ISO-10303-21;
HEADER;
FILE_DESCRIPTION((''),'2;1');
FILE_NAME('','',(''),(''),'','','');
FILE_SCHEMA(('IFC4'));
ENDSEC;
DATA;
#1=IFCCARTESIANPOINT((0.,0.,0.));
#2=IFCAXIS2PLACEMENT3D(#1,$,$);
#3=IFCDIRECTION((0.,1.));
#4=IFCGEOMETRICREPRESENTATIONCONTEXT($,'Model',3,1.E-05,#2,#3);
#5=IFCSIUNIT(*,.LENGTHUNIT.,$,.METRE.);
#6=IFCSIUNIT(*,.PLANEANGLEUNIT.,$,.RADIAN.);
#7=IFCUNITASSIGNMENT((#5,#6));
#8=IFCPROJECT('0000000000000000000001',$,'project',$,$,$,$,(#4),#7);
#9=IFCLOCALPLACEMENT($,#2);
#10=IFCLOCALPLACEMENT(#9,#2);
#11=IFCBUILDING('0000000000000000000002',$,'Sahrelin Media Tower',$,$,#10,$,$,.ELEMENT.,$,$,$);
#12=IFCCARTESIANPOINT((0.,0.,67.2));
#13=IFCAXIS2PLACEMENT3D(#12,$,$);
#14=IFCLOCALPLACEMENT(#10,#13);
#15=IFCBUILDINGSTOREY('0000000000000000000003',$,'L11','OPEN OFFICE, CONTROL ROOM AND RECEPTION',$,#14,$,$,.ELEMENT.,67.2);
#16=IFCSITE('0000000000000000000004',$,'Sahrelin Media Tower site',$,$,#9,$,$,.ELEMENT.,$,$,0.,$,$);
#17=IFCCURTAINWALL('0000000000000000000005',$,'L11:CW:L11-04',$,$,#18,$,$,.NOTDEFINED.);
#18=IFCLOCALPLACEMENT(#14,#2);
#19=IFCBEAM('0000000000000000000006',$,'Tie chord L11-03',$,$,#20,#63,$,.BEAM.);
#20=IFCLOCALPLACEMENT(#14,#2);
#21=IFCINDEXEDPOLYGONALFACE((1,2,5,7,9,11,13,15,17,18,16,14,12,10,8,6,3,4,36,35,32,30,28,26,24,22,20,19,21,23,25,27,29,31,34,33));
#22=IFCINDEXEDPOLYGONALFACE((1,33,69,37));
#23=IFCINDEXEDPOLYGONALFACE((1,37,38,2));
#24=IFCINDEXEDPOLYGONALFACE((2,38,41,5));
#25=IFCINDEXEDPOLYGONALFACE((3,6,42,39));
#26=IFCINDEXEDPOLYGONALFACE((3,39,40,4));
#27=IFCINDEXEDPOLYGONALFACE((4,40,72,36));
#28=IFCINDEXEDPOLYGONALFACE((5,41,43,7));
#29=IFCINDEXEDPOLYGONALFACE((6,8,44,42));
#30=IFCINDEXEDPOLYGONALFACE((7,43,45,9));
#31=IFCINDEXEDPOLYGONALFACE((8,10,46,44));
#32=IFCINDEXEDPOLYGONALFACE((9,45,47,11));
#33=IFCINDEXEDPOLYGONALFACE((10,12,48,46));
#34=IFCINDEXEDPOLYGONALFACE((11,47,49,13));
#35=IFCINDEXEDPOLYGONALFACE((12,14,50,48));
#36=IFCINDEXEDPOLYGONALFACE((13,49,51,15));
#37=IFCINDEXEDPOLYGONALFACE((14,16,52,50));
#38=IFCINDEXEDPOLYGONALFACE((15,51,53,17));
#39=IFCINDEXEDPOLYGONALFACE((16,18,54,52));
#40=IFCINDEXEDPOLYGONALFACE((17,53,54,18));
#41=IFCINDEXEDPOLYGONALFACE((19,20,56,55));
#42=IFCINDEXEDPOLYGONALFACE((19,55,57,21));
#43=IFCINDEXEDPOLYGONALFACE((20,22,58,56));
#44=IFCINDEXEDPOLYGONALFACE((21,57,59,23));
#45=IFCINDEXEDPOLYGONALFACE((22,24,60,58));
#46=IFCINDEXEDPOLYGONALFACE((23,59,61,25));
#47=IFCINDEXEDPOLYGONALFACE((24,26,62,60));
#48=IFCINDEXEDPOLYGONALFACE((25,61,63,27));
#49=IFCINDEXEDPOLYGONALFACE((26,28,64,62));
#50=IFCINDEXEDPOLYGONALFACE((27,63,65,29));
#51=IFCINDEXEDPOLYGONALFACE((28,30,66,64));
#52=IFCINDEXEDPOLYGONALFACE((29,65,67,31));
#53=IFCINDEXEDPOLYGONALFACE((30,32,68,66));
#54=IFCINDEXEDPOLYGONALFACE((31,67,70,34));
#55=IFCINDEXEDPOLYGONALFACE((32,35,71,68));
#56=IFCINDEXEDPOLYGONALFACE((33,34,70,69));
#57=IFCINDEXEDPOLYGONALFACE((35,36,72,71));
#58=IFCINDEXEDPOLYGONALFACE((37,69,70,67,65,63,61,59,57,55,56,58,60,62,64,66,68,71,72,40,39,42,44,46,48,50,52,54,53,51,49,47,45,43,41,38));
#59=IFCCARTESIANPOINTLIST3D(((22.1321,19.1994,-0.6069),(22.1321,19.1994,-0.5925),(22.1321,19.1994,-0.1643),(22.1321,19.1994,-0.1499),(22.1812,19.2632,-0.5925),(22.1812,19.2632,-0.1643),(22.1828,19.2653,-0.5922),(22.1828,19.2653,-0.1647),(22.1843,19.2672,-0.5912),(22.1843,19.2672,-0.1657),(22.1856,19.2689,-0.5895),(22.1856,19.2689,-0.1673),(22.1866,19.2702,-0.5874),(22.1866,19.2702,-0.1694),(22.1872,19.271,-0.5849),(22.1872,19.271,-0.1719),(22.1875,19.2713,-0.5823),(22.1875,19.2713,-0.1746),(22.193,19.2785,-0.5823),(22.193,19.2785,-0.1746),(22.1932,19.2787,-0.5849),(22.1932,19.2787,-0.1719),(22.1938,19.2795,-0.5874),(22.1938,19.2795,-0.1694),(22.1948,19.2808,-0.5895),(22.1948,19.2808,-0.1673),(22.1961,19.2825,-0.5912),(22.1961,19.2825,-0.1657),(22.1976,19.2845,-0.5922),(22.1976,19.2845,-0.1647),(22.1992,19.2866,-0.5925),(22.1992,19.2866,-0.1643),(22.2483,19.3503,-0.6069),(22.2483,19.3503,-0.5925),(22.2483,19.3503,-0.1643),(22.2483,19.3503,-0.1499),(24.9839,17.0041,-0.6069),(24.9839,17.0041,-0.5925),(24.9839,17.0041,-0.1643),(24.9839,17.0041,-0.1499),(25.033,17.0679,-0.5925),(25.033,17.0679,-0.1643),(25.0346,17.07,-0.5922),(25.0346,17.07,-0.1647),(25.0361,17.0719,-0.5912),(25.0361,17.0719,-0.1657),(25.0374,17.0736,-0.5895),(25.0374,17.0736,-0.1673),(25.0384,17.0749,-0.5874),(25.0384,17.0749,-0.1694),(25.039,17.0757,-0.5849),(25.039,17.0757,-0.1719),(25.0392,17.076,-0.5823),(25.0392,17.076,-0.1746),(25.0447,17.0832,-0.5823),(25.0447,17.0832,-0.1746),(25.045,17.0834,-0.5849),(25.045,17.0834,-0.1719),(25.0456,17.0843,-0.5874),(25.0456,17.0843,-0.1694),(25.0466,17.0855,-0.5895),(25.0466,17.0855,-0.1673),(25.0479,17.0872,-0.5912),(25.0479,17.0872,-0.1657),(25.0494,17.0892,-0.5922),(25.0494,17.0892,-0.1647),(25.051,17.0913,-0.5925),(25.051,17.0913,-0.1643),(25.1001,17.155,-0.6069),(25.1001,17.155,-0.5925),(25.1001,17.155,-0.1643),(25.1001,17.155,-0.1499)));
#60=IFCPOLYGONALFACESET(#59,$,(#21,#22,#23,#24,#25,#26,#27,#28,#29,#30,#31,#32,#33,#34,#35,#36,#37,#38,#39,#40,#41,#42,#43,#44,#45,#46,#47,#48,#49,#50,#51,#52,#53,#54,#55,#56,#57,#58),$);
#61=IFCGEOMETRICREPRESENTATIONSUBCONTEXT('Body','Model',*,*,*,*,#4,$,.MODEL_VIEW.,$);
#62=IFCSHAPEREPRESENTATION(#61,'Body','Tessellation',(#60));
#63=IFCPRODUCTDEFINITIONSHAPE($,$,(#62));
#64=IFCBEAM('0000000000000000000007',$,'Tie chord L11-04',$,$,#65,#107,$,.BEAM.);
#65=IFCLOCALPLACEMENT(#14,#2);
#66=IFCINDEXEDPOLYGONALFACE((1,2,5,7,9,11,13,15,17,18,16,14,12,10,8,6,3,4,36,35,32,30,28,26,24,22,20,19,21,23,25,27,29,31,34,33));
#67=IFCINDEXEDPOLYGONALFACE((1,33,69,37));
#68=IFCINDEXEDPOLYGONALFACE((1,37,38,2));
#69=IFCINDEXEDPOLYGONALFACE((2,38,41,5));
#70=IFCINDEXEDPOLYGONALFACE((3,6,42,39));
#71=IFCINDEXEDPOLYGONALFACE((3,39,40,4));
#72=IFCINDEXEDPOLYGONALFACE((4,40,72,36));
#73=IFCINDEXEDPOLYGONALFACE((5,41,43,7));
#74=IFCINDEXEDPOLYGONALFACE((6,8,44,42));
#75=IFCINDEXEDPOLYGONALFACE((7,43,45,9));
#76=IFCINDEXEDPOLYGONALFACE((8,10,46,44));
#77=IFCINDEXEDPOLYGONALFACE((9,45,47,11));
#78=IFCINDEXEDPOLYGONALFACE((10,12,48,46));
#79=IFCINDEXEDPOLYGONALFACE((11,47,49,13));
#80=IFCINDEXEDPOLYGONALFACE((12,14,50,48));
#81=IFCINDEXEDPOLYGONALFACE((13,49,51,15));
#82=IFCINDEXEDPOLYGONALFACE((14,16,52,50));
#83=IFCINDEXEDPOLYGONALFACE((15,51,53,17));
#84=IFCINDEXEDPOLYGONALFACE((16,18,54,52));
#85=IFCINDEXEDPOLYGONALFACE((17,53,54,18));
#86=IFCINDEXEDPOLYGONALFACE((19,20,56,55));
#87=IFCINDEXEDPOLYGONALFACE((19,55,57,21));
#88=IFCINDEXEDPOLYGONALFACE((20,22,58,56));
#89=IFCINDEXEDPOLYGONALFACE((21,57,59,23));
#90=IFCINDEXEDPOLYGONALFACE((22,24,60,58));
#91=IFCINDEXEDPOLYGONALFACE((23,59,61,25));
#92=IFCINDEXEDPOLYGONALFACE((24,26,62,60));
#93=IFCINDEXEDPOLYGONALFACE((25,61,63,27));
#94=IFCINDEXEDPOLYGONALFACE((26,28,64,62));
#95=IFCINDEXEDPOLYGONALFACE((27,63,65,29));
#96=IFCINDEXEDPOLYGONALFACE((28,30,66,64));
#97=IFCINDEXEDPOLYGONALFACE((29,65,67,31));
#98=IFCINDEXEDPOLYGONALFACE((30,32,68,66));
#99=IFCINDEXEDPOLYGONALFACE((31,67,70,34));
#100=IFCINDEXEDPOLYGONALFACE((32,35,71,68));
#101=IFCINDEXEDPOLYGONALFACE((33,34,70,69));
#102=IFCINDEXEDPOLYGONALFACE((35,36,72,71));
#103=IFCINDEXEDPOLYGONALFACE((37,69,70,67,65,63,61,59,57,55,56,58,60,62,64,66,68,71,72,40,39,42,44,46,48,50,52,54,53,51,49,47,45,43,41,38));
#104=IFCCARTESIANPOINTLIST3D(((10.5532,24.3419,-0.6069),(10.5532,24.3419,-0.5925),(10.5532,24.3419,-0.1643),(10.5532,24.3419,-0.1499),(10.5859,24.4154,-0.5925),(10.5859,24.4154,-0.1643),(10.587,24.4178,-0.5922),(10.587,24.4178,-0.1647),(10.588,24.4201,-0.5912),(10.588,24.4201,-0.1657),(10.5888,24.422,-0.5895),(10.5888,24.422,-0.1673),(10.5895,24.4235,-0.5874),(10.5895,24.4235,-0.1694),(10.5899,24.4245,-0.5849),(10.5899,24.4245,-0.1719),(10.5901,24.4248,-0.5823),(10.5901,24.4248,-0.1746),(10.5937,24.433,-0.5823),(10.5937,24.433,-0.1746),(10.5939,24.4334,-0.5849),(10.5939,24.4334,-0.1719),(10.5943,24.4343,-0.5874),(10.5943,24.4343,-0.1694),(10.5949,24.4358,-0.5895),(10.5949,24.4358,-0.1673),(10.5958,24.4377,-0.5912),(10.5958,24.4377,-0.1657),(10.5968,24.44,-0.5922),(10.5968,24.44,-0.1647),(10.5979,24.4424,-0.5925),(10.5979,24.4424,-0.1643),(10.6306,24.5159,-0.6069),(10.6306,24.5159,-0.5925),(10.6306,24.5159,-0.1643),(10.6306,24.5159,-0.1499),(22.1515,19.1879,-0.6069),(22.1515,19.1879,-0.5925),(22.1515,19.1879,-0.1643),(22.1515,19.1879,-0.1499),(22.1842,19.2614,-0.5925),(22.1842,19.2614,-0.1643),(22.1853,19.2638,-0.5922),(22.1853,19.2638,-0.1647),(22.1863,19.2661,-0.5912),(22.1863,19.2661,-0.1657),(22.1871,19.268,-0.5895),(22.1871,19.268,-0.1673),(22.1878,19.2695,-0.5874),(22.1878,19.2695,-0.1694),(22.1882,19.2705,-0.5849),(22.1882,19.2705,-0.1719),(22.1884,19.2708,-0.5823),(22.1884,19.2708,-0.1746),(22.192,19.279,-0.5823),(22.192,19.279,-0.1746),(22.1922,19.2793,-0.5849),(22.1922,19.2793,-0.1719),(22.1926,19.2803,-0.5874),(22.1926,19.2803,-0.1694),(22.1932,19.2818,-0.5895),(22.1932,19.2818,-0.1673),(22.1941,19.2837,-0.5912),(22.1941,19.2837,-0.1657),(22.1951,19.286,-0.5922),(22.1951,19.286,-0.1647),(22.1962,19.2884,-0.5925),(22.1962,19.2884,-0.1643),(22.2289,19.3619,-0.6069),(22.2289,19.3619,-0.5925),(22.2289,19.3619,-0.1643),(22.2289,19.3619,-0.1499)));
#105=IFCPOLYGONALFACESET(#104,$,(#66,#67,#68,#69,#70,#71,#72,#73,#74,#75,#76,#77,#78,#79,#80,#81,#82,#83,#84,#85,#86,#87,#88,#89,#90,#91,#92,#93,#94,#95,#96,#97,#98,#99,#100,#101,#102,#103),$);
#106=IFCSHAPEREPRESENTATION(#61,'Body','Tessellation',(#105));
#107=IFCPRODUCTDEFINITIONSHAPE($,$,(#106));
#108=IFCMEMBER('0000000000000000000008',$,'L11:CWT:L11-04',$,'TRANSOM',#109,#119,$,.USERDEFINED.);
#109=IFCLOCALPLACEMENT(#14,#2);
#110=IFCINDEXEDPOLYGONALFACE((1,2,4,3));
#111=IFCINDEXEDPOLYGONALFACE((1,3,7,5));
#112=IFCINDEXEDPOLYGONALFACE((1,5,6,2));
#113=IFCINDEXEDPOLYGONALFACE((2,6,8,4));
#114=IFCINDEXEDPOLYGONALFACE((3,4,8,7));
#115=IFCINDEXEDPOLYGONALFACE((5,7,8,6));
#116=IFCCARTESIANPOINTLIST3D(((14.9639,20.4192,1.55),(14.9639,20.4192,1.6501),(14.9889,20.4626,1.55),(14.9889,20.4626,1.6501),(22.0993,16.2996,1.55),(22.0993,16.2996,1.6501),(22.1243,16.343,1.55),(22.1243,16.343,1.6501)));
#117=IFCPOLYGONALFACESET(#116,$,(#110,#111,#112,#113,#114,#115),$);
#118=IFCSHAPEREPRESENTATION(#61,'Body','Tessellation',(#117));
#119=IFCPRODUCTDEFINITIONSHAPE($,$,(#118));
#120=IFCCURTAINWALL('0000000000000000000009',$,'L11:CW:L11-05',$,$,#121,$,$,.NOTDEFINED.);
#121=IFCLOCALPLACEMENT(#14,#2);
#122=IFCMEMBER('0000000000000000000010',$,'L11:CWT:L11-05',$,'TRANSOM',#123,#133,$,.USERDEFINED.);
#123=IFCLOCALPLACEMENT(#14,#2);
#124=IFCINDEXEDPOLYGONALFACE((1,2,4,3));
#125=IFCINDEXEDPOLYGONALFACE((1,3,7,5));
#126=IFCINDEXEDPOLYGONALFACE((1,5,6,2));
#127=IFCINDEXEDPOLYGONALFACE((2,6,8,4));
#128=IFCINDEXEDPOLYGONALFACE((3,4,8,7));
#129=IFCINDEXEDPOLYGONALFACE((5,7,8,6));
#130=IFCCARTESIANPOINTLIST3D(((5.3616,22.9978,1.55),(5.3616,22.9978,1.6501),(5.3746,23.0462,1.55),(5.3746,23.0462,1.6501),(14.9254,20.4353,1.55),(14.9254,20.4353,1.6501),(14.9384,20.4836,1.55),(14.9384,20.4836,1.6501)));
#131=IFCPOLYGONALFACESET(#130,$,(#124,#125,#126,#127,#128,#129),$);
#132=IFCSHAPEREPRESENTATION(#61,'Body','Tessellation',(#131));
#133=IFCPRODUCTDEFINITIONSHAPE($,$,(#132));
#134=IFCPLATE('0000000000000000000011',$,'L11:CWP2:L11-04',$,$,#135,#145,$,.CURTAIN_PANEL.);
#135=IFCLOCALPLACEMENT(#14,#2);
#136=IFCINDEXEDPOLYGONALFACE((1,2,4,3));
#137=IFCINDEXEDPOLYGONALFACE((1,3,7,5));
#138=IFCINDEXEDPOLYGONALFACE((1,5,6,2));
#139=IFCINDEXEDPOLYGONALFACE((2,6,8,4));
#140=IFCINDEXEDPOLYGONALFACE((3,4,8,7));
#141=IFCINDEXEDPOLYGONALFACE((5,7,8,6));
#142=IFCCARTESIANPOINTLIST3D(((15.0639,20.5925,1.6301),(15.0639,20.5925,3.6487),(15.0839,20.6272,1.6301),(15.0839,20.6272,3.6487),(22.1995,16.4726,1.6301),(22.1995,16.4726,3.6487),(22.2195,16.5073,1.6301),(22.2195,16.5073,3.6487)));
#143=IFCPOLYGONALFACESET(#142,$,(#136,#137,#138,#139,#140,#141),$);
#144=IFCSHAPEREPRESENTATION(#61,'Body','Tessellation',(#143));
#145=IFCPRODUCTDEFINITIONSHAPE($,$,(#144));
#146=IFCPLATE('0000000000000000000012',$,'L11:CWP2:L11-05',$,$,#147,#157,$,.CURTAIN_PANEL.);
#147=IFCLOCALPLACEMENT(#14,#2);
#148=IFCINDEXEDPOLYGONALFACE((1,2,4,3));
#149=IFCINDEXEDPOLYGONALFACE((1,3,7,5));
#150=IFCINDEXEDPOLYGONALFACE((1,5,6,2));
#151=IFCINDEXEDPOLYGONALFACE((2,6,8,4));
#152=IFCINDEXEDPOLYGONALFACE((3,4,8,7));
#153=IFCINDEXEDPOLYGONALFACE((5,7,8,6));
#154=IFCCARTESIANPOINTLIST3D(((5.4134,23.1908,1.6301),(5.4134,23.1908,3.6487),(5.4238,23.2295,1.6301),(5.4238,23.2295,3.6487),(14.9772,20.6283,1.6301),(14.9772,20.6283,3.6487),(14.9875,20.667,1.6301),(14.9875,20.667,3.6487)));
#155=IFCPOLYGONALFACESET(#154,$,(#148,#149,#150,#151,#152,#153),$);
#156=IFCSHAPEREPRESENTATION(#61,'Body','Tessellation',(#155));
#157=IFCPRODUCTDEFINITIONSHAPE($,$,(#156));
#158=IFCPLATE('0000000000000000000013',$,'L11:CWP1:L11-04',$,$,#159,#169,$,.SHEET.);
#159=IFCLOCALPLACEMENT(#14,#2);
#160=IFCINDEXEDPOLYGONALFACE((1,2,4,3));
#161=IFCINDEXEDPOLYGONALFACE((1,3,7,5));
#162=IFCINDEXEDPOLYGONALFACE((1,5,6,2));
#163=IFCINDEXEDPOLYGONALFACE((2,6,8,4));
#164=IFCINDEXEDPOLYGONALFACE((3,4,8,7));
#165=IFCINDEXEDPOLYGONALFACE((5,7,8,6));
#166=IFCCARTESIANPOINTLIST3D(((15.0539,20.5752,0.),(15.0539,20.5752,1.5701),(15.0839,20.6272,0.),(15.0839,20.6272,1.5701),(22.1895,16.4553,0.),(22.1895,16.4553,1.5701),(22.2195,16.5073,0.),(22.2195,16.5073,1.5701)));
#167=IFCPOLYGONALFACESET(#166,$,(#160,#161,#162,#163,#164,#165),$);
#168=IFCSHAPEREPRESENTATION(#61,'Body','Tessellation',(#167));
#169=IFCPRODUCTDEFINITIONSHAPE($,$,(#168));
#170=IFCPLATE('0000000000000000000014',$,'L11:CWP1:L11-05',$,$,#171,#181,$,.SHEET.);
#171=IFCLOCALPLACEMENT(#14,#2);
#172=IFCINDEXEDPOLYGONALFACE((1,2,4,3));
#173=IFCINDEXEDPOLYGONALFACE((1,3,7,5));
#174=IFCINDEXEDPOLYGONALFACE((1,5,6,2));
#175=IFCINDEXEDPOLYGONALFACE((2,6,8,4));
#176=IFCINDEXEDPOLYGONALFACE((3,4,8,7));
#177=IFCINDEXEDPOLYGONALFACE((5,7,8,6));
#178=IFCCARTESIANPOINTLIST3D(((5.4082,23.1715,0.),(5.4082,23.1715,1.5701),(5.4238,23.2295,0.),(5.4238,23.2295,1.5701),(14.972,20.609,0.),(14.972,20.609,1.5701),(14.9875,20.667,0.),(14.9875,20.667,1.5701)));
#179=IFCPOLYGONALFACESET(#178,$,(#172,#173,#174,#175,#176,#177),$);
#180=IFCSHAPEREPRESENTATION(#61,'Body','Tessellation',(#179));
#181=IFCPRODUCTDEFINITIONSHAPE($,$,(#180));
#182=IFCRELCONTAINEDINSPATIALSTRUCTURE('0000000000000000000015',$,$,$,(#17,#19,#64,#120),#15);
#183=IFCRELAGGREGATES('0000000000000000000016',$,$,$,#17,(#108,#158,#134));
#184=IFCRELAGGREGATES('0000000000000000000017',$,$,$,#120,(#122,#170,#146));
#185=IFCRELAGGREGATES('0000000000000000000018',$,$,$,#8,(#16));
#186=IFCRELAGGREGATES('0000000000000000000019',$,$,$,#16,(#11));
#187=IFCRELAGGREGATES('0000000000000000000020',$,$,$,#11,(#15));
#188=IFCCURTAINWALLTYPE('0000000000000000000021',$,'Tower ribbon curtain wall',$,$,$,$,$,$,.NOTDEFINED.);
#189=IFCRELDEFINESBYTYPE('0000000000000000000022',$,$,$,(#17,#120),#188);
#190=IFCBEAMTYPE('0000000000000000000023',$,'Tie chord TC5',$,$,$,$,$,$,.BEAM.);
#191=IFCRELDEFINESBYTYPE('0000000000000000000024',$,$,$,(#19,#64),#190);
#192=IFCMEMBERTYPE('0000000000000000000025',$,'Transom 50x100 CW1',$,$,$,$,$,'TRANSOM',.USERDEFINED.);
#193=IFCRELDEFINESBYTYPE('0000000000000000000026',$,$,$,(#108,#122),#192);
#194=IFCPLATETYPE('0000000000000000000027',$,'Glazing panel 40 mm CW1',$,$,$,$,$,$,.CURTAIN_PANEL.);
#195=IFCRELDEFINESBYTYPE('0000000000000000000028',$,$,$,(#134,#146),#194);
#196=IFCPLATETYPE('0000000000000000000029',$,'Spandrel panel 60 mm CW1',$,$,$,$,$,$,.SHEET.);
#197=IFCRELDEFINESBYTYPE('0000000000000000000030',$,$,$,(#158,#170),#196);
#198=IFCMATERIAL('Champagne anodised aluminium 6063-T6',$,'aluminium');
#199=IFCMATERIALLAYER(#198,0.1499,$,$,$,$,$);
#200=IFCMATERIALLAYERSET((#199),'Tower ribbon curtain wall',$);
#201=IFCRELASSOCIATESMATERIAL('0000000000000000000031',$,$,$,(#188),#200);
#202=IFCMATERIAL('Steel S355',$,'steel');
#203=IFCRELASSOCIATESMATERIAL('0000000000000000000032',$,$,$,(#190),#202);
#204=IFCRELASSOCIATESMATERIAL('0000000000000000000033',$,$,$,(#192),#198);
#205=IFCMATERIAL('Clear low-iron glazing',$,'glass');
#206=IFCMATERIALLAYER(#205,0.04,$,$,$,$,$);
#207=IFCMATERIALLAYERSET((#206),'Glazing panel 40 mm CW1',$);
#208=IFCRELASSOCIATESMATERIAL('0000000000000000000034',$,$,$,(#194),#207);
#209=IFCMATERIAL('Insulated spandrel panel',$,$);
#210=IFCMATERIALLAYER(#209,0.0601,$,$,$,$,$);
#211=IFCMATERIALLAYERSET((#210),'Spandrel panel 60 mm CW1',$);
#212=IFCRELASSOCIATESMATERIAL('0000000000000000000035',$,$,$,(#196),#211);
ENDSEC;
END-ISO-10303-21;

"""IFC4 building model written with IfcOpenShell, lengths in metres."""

from ifc_helpers import new_model, si_unit, direction, frame, origin, origin_2d, place, context, subcontext, project, spatial, polyline, rectangle, i_section, outline, extrude, material, layer, layer_set, material_profile, profile_set, type_object, element, aggregate, save


model = new_model("IFC4")

# Units and contexts
model_context = context("Model", 3, precision=1e-05, world=origin(), true_north=direction((0.0, 1.0)))
body_context = subcontext(model_context, "Body", "Model", "MODEL_VIEW")
ifc_project = project(units=[si_unit("LENGTHUNIT", "METRE"), si_unit("PLANEANGLEUNIT", "RADIAN")], contexts=[model_context])

# Site, building, storey
site_placement = place(None, origin())
site = spatial("IfcSite", under=ifc_project, at=site_placement, Name="Sahrelin Media Tower site", CompositionType="ELEMENT", RefElevation=0.0)
building_placement = place(site_placement, origin())
building = spatial("IfcBuilding", under=site, at=building_placement, Name="Sahrelin Media Tower", CompositionType="ELEMENT")
storey_placement = place(building_placement, frame((0.0, 0.0, 67.2)))
storey = spatial("IfcBuildingStorey", under=building, at=storey_placement, Name="L11", Description="OPEN OFFICE, CONTROL ROOM AND RECEPTION", CompositionType="ELEMENT", Elevation=67.2)

# Shared definitions
ifc_material_1 = material(Name="Steel S355", Category="steel")

# Curtain wall
ifc_material_2 = material(Name="Champagne anodised aluminium 6063-T6", Category="aluminium")
ifc_layer_1 = layer(ifc_material_2, 0.1499)
ifc_layer_set_1 = layer_set([ifc_layer_1], Name="Tower ribbon curtain wall")
curtain_wall_type = type_object("IfcCurtainWallType", Name="Tower ribbon curtain wall", PredefinedType="NOTDEFINED", material=ifc_layer_set_1)
curtain_wall_1_placement = place(storey_placement, frame((18.6416, 18.5498, 0.0), z_axis=(0.0, 0.0, 1.0), x_axis=(1.0, 0.0, 0.0)))
curtain_wall_1 = element("IfcCurtainWall", 1, at=curtain_wall_1_placement, inside=storey, type_object=curtain_wall_type, Name="L11:CW:L11-04", PredefinedType="NOTDEFINED")

# Beams
ifc_material_profile_1 = material_profile(ifc_material_1, i_section(OverallWidth=0.1904, OverallDepth=0.457, WebThickness=0.009, FlangeThickness=0.0144, FilletRadius=0.0103, at=origin_2d()), Name="UB 457x191x74")
ifc_profile_set_1 = profile_set([ifc_material_profile_1], Name="Steel S355")
beam_type_1 = type_object("IfcBeamType", Name="Tie chord TC5", PredefinedType="BEAM", material=ifc_profile_set_1)
beam_1_placement = place(storey_placement, frame((25.042, 17.0796, -0.3784), z_axis=(-0.792407, 0.609993, 0.0), x_axis=(-0.609993, -0.792407, 0.0)))
element("IfcBeam", 2, at=beam_1_placement, inside=storey, type_object=beam_type_1, Name="Tie chord L11-03", PredefinedType="BEAM", context=body_context, shape_type="SweptSolid", body=[
    extrude(i_section(OverallWidth=0.1904, OverallDepth=0.457, WebThickness=0.009, FlangeThickness=0.0144, FilletRadius=0.0103, at=origin_2d()), origin(), (0.0, 0.0, 1.0), 3.5989),
])
beam_2_placement = place(storey_placement, frame((22.1902, 19.2749, -0.3784), z_axis=(-0.913835, 0.406087, 0.0), x_axis=(-0.406087, -0.913835, 0.0)))
element("IfcBeam", 3, at=beam_2_placement, inside=storey, type_object=beam_type_1, Name="Tie chord L11-04", PredefinedType="BEAM", context=body_context, shape_type="SweptSolid", body=[
    extrude(i_section(OverallWidth=0.1904, OverallDepth=0.457, WebThickness=0.009, FlangeThickness=0.0144, FilletRadius=0.0103, at=origin_2d()), origin(), (0.0, 0.0, 1.0), 12.6919),
])

# Member
ifc_material_profile_2 = material_profile(ifc_material_2, rectangle(XDim=0.05, YDim=0.1001, at=origin_2d()), Name="Transom 50x100")
ifc_profile_set_2 = profile_set([ifc_material_profile_2], Name="Champagne anodised aluminium 6063-T6")
member_type_1 = type_object("IfcMemberType", Name="Transom 50x100 CW1", ElementType="TRANSOM", PredefinedType="USERDEFINED", material=ifc_profile_set_2)
member_1_placement = place(storey_placement, frame((22.1118, 16.3213, 1.6001), z_axis=(-0.866028, 0.499995, 0.0), x_axis=(-0.499995, -0.866028, 0.0)))
member_1 = element("IfcMember", 4, at=member_1_placement, type_object=member_type_1, Name="L11:CWT:L11-04", ObjectType="TRANSOM", PredefinedType="USERDEFINED", context=body_context, shape_type="SweptSolid", body=[
    extrude(rectangle(XDim=0.05, YDim=0.1001, at=origin_2d()), origin(), (0.0, 0.0, 1.0), 8.2393),
])

# Curtain wall, member
curtain_wall_2_placement = place(storey_placement, frame((10.2004, 21.929, 0.0), z_axis=(0.0, 0.0, 1.0), x_axis=(1.0, 0.0, 0.0)))
curtain_wall_2 = element("IfcCurtainWall", 5, at=curtain_wall_2_placement, inside=storey, type_object=curtain_wall_type, Name="L11:CW:L11-05", PredefinedType="NOTDEFINED")
member_2_placement = place(storey_placement, frame((14.9319, 20.4595, 1.6001), z_axis=(-0.965928, 0.25881, 0.0), x_axis=(-0.25881, -0.965928, 0.0)))
member_2 = element("IfcMember", 6, at=member_2_placement, type_object=member_type_1, Name="L11:CWT:L11-05", ObjectType="TRANSOM", PredefinedType="USERDEFINED", context=body_context, shape_type="SweptSolid", body=[
    extrude(rectangle(XDim=0.05, YDim=0.1001, at=origin_2d()), origin(), (0.0, 0.0, 1.0), 9.9011),
])

# Plates
ifc_material_3 = material(Name="Clear low-iron glazing", Category="glass")
ifc_layer_2 = layer(ifc_material_3, 0.04)
ifc_layer_set_2 = layer_set([ifc_layer_2], Name="Glazing panel 40 mm CW1")
plate_type_1 = type_object("IfcPlateType", Name="Glazing panel 40 mm CW1", PredefinedType="CURTAIN_PANEL", material=ifc_layer_set_2)
plate_1_placement = place(storey_placement, frame((22.2195, 16.5073, 1.6301), z_axis=(0.500017, 0.866015, 0.0), x_axis=(-0.866015, 0.500017, 0.0)))
plate_1 = element("IfcPlate", 7, at=plate_1_placement, type_object=plate_type_1, Name="L11:CWP2:L11-04", PredefinedType="CURTAIN_PANEL", context=body_context, shape_type="SweptSolid", body=[
    extrude(outline(polyline([(0.0, 0.0), (8.2395, 0.0), (8.2395, 2.0186), (0.0, 2.0186), (0.0, 0.0)])), origin(), (0.0, 0.0, -1.0), 0.04),
])
plate_2_placement = place(storey_placement, frame((14.9875, 20.667, 1.6301), z_axis=(0.25881, 0.965928, 0.0), x_axis=(-0.965928, 0.25881, 0.0)))
plate_2 = element("IfcPlate", 8, at=plate_2_placement, type_object=plate_type_1, Name="L11:CWP2:L11-05", PredefinedType="CURTAIN_PANEL", context=body_context, shape_type="SweptSolid", body=[
    extrude(outline(polyline([(0.0, 0.0), (9.9011, 0.0), (9.9011, 2.0186), (0.0, 2.0186), (0.0, 0.0)])), origin(), (0.0, 0.0, -1.0), 0.04),
])
ifc_material_4 = material(Name="Insulated spandrel panel")
ifc_layer_3 = layer(ifc_material_4, 0.0601)
ifc_layer_set_3 = layer_set([ifc_layer_3], Name="Spandrel panel 60 mm CW1")
plate_type_2 = type_object("IfcPlateType", Name="Spandrel panel 60 mm CW1", PredefinedType="SHEET", material=ifc_layer_set_3)
plate_3_placement = place(storey_placement, frame((22.2195, 16.5073, 0.0), z_axis=(0.500017, 0.866015, 0.0), x_axis=(-0.866015, 0.500017, 0.0)))
plate_3 = element("IfcPlate", 9, at=plate_3_placement, type_object=plate_type_2, Name="L11:CWP1:L11-04", PredefinedType="SHEET", context=body_context, shape_type="SweptSolid", body=[
    extrude(outline(polyline([(0.0, 0.0), (8.2395, 0.0), (8.2395, 1.5701), (0.0, 1.5701), (0.0, 0.0)])), origin(), (0.0, 0.0, -1.0), 0.0601),
])
aggregate(curtain_wall_1, [member_1, plate_3, plate_1])
plate_4_placement = place(storey_placement, frame((14.9875, 20.667, 0.0), z_axis=(0.25881, 0.965928, 0.0), x_axis=(-0.965928, 0.25881, 0.0)))
plate_4 = element("IfcPlate", 10, at=plate_4_placement, type_object=plate_type_2, Name="L11:CWP1:L11-05", PredefinedType="SHEET", context=body_context, shape_type="SweptSolid", body=[
    extrude(outline(polyline([(0.0, 0.0), (9.9011, 0.0), (9.9011, 1.5701), (0.0, 1.5701), (0.0, 0.0)])), origin(), (0.0, 0.0, -1.0), 0.0601),
])
aggregate(curtain_wall_2, [member_2, plate_4, plate_2])

save(model, "model.ifc")
